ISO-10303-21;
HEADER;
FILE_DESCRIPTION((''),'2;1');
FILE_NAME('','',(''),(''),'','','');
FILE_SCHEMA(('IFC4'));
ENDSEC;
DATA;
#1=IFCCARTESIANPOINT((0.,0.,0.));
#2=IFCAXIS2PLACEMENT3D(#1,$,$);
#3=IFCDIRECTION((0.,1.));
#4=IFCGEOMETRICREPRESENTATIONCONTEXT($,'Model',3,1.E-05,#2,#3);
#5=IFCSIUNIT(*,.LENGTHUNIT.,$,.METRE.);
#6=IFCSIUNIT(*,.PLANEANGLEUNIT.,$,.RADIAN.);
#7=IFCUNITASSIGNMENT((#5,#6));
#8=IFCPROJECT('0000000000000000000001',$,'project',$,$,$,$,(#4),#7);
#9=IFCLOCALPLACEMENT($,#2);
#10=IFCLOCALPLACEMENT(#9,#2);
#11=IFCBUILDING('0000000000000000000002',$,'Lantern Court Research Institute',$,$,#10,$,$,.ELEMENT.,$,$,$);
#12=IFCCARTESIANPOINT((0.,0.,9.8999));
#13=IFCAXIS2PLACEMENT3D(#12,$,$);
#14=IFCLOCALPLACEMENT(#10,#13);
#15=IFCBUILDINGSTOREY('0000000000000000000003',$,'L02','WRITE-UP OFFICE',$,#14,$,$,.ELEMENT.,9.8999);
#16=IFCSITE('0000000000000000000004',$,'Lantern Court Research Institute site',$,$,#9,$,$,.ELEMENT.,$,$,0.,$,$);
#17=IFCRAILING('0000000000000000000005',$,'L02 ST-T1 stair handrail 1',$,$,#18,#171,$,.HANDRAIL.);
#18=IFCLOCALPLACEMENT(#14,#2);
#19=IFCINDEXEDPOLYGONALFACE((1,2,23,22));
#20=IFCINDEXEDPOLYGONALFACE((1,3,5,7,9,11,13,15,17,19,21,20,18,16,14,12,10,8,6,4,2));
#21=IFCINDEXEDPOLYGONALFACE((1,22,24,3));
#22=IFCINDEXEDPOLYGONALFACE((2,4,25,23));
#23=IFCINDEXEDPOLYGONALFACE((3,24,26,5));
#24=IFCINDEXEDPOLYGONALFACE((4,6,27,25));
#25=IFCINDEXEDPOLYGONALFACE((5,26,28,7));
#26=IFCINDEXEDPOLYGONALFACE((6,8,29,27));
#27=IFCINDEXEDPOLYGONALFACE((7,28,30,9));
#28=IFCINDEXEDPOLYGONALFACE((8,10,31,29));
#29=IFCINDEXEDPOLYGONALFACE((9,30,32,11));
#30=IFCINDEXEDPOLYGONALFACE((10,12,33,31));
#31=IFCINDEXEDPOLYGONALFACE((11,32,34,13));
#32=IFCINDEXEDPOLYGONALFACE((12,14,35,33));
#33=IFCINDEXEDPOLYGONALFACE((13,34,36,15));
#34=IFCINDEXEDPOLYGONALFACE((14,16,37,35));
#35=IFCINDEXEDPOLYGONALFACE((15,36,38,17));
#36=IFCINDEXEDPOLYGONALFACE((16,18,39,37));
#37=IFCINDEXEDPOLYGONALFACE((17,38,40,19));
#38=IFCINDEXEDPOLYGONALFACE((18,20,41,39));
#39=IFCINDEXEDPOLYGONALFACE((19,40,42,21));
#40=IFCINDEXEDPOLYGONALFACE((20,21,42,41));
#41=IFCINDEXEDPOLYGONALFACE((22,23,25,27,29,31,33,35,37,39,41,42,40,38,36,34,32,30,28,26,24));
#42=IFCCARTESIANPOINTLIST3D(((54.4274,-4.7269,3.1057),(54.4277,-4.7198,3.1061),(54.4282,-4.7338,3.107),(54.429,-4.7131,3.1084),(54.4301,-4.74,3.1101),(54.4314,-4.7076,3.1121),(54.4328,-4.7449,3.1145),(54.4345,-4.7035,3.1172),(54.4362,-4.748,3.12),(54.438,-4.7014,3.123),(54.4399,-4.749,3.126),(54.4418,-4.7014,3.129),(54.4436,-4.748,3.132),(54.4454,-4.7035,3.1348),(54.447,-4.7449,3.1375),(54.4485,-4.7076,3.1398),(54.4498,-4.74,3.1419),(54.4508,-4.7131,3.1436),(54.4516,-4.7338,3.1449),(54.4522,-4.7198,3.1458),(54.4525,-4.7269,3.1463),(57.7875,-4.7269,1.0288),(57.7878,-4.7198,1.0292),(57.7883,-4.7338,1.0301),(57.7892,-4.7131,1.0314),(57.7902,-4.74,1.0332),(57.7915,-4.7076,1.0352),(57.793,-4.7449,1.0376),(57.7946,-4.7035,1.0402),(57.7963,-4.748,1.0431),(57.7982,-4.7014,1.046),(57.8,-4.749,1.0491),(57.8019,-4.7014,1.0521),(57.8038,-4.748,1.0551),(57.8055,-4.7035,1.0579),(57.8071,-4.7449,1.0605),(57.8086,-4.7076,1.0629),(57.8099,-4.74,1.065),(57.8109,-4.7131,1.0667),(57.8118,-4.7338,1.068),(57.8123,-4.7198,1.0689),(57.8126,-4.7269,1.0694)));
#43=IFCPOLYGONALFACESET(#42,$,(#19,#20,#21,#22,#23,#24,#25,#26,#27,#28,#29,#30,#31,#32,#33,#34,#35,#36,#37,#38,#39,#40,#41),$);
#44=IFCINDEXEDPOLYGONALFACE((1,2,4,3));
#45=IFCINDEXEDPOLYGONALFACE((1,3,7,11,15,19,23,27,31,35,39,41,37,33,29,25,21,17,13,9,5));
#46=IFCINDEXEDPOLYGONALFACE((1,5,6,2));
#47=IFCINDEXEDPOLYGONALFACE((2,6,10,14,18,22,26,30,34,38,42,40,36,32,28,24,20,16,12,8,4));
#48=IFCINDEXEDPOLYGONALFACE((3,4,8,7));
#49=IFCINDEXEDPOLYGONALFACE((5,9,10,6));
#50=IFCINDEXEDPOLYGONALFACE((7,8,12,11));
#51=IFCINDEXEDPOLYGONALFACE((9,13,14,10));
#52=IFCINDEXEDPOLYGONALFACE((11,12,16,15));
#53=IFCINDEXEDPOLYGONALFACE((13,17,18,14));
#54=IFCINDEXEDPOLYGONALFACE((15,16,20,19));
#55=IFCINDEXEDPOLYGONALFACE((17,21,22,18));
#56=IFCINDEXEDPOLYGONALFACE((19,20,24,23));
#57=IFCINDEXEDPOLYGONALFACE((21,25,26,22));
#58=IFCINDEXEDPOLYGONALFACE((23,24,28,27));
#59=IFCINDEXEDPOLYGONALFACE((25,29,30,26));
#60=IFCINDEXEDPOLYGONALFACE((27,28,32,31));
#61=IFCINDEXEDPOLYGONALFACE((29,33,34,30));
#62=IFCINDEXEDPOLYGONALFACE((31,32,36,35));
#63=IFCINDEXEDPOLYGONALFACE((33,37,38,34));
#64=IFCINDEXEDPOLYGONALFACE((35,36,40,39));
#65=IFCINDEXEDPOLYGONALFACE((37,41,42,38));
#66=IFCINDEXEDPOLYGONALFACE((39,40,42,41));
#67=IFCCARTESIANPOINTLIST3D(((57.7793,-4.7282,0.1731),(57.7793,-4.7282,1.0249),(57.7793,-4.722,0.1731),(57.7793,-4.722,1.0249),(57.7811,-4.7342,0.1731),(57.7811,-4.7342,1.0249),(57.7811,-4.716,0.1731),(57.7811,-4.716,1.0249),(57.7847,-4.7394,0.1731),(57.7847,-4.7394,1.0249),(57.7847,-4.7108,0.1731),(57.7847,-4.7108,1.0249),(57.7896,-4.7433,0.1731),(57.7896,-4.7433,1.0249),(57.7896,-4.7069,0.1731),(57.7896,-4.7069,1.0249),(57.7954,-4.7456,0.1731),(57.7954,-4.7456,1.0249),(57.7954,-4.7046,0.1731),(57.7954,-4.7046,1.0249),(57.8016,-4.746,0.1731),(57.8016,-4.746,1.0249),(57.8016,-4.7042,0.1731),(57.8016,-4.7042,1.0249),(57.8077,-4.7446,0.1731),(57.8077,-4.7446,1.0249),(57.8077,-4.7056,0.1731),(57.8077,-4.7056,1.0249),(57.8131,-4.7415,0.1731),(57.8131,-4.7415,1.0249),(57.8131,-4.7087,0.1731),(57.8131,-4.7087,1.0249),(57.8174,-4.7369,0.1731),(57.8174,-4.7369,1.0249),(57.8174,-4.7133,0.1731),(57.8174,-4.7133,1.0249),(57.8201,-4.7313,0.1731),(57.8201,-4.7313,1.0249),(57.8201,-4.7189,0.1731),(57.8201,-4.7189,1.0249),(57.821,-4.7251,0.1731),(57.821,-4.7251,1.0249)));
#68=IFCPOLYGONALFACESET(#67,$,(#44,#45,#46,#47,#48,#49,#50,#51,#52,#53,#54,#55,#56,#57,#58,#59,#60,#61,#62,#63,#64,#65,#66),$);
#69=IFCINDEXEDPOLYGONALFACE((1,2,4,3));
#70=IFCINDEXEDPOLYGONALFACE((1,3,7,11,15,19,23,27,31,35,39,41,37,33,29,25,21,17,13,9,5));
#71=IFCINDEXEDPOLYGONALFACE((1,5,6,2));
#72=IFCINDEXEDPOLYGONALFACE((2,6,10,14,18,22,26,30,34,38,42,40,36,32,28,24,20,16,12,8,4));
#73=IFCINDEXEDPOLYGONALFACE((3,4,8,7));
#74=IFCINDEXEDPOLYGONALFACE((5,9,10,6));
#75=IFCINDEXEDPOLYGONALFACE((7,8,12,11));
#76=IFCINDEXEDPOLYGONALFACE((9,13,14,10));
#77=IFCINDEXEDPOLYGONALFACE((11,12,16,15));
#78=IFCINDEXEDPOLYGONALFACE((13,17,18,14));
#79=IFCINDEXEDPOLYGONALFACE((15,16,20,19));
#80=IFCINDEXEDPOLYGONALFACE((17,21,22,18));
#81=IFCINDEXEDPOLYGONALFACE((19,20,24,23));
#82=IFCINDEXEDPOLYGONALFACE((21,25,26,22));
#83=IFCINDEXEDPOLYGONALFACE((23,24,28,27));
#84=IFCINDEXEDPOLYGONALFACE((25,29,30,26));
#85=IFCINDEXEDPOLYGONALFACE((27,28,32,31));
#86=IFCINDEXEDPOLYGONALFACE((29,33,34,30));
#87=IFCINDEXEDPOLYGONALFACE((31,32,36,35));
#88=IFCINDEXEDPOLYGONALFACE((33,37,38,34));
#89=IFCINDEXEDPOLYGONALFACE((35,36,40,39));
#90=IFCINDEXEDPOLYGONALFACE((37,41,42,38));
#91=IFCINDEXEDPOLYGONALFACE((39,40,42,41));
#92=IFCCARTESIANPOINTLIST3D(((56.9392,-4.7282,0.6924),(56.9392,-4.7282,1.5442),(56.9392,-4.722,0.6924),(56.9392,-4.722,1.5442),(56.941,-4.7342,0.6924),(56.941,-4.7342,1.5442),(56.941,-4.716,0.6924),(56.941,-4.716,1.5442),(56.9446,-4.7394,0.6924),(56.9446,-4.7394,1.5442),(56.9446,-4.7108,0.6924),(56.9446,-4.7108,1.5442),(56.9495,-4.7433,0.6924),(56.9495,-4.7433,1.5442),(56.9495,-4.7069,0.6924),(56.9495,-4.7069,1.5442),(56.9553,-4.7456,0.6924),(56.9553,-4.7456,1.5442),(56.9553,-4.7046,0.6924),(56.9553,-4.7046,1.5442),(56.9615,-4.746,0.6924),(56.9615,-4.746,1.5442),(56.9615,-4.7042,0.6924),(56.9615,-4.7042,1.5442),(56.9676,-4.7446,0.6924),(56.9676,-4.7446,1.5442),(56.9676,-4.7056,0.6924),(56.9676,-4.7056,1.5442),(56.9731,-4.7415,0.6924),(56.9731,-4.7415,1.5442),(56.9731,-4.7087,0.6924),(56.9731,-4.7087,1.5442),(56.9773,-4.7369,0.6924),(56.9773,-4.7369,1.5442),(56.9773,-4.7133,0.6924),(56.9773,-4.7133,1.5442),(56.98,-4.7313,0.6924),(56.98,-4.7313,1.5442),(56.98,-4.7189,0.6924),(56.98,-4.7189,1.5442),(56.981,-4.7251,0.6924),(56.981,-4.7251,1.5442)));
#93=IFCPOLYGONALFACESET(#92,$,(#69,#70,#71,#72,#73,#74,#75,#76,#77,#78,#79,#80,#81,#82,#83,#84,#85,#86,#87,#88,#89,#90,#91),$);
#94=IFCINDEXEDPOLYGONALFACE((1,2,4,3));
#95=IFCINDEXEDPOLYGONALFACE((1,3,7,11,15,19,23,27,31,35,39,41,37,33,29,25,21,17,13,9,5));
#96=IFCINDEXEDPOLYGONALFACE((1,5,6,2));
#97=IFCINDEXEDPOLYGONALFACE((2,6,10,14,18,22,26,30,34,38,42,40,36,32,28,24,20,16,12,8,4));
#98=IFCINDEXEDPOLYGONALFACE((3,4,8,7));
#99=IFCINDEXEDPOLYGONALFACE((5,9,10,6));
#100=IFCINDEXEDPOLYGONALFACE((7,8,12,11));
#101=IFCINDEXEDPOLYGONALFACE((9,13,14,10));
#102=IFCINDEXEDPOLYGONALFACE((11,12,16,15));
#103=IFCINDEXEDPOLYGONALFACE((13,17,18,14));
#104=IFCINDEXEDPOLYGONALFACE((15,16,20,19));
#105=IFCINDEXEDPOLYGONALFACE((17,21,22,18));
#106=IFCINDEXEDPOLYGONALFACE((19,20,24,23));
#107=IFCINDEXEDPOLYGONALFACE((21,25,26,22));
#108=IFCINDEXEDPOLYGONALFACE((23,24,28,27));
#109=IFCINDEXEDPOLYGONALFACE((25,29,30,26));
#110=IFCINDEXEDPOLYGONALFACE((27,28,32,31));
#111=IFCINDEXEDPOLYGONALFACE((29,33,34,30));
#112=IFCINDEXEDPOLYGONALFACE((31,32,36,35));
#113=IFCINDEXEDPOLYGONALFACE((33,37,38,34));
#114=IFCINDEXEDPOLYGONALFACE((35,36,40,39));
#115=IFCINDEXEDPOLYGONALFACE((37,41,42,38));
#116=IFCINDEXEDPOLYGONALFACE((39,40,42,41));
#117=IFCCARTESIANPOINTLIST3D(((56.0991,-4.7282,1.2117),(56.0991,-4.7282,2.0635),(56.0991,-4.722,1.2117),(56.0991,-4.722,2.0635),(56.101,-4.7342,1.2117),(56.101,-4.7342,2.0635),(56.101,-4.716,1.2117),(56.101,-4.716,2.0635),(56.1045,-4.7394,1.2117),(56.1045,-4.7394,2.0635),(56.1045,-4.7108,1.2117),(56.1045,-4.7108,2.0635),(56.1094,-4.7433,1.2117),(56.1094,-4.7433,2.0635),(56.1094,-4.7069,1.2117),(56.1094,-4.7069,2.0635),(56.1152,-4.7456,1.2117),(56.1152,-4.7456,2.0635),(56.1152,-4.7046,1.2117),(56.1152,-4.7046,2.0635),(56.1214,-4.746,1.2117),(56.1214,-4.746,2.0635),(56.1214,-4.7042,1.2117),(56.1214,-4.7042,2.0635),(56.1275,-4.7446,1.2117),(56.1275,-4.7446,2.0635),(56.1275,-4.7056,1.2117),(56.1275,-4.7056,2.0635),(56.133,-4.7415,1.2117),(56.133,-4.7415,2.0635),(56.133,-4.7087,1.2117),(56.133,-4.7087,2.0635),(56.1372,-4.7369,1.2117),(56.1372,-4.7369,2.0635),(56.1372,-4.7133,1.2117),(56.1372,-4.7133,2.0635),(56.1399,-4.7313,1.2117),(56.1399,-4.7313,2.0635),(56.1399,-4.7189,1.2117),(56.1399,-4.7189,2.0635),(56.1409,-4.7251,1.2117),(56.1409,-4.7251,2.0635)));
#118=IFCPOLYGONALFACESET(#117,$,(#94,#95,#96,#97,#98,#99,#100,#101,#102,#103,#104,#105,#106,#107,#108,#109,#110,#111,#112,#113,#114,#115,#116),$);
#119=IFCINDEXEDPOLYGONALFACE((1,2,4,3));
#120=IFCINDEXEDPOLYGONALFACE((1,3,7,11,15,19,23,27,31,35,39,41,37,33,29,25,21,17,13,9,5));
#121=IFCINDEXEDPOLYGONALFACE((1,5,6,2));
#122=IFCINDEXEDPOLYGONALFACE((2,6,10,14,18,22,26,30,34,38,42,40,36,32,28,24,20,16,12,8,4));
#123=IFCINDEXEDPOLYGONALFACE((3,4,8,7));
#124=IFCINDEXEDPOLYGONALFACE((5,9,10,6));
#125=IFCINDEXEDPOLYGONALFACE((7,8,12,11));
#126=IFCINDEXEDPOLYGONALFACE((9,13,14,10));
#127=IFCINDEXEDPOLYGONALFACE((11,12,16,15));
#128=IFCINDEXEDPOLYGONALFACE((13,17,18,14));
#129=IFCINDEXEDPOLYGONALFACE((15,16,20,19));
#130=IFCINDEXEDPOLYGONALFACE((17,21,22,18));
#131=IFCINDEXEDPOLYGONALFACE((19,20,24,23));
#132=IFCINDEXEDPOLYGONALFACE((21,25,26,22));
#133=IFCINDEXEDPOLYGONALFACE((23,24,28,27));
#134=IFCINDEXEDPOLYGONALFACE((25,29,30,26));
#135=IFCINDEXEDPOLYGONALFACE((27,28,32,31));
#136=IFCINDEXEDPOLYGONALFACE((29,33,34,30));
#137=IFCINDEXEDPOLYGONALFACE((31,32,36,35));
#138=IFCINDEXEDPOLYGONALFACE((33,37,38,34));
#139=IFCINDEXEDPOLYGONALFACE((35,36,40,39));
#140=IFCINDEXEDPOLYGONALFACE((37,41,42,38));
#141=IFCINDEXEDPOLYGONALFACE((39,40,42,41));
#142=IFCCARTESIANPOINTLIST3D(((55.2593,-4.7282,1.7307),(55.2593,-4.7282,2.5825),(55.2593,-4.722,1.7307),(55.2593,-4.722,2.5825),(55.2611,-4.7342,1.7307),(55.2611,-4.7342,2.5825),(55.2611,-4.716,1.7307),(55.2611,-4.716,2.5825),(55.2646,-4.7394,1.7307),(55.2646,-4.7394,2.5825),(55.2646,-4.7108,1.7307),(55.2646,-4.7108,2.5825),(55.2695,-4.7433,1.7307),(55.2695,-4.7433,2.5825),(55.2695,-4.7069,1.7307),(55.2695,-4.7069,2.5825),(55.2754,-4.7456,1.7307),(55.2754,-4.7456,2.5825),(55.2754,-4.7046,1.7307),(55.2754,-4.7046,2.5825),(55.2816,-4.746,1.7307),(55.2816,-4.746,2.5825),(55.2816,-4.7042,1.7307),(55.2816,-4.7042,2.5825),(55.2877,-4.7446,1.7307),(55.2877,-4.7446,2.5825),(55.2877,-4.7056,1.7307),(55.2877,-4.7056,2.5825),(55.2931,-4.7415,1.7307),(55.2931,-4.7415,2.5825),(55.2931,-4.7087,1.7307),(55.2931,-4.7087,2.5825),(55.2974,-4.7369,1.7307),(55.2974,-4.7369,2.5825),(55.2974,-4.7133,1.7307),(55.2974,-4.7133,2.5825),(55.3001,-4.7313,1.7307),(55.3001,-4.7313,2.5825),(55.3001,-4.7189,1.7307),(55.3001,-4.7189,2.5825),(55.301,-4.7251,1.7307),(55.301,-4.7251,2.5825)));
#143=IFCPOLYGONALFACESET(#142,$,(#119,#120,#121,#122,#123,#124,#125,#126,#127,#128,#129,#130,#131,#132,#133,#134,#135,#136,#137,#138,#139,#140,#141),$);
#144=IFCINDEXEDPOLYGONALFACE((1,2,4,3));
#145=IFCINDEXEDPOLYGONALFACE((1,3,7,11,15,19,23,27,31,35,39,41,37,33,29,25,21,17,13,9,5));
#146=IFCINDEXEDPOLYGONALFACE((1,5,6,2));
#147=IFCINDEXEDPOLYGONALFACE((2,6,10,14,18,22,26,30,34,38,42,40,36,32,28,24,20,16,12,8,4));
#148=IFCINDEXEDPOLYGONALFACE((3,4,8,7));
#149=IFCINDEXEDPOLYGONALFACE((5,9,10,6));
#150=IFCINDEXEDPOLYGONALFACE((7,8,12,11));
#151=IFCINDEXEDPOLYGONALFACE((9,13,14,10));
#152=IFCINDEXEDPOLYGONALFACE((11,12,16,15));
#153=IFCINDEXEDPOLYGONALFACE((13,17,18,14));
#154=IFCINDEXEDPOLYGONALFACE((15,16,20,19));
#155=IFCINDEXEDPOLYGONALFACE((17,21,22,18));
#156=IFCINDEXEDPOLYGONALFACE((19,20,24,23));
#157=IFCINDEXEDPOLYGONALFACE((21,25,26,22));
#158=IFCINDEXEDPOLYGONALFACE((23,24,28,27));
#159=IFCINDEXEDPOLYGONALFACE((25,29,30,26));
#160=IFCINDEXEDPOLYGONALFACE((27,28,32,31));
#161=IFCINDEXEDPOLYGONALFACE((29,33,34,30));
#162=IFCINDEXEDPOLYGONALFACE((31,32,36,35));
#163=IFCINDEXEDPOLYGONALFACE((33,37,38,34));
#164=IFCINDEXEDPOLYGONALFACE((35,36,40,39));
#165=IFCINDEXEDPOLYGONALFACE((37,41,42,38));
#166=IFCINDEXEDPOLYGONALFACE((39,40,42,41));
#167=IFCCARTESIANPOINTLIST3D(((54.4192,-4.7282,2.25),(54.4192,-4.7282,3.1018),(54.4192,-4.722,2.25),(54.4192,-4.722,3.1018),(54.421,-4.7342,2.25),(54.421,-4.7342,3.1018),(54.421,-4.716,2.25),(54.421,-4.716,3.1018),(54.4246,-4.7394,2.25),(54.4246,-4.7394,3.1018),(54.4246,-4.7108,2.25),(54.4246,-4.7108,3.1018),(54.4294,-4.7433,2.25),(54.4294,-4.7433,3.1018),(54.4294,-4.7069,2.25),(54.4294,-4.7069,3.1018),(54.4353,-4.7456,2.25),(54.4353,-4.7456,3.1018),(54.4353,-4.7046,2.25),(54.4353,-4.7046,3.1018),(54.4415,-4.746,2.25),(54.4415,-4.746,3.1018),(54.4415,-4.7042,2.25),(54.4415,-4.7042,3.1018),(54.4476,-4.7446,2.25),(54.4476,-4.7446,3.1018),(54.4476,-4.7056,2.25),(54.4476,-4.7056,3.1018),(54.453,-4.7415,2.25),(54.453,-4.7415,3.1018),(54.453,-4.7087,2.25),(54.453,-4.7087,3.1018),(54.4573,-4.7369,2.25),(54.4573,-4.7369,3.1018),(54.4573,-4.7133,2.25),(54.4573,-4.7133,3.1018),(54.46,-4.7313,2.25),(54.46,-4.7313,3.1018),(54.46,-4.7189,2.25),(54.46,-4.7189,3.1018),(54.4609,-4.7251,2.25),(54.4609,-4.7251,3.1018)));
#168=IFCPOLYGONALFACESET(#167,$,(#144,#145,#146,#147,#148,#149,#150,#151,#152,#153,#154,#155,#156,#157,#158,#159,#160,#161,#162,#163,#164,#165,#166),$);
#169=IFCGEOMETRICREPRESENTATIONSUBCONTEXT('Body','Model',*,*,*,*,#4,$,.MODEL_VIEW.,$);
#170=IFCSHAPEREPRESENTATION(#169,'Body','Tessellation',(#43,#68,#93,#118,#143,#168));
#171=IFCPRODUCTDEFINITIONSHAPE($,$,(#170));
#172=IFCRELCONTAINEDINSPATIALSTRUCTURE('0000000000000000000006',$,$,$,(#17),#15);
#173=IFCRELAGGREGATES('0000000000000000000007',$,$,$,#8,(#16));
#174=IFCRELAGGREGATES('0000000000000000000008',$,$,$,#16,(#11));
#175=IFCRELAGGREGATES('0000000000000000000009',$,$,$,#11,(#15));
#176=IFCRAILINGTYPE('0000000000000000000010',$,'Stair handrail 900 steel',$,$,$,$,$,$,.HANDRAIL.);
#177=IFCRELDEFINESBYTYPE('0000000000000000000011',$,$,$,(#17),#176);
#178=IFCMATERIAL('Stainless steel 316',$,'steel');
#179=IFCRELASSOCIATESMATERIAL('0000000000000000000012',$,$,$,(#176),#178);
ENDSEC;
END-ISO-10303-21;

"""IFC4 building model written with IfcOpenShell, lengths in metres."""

from ifc_helpers import new_model, si_unit, direction, frame, origin, origin_2d, place, context, subcontext, project, spatial, circle, extrude, material, type_object, element, save


model = new_model("IFC4")

# Units and contexts
model_context = context("Model", 3, precision=1e-05, world=origin(), true_north=direction((0.0, 1.0)))
body_context = subcontext(model_context, "Body", "Model", "MODEL_VIEW")
ifc_project = project(units=[si_unit("LENGTHUNIT", "METRE"), si_unit("PLANEANGLEUNIT", "RADIAN")], contexts=[model_context])

# Site, building, storey
site_placement = place(None, origin())
site = spatial("IfcSite", under=ifc_project, at=site_placement, Name="Lantern Court Research Institute site", CompositionType="ELEMENT", RefElevation=0.0)
building_placement = place(site_placement, origin())
building = spatial("IfcBuilding", under=site, at=building_placement, Name="Lantern Court Research Institute", CompositionType="ELEMENT")
storey_placement = place(building_placement, frame((0.0, 0.0, 9.8999)))
storey = spatial("IfcBuildingStorey", under=building, at=storey_placement, Name="L02", Description="WRITE-UP OFFICE", CompositionType="ELEMENT", Elevation=9.8999)

# Railing
ifc_material_1 = material(Name="Stainless steel 316", Category="steel")
railing_type_1 = type_object("IfcRailingType", Name="Stair handrail 900 steel", PredefinedType="HANDRAIL", material=ifc_material_1)
railing_1_placement = place(storey_placement, frame((57.8, -4.7251, 0.1731)))
element("IfcRailing", 1, at=railing_1_placement, inside=storey, type_object=railing_type_1, Name="L02 ST-T1 stair handrail 1", PredefinedType="HANDRAIL", context=body_context, shape_type="SweptSolid", body=[
    extrude(circle(Radius=0.0239, at=origin_2d()), frame((0.0, 0.0, 0.876), z_axis=(-0.850623, 0.0, 0.525776), x_axis=(0.0, -1.0, 0.0)), (0.0, 0.0, 1.0), 3.9502),
    extrude(circle(Radius=0.021, at=origin_2d()), origin(), (0.0, 0.0, 1.0), 0.8518),
    extrude(circle(Radius=0.021, at=origin_2d()), frame((-0.8401, 0.0, 0.5193)), (0.0, 0.0, 1.0), 0.8518),
    extrude(circle(Radius=0.021, at=origin_2d()), frame((-1.6802, 0.0, 1.0386)), (0.0, 0.0, 1.0), 0.8518),
    extrude(circle(Radius=0.021, at=origin_2d()), frame((-2.52, 0.0, 1.5576)), (0.0, 0.0, 1.0), 0.8518),
    extrude(circle(Radius=0.021, at=origin_2d()), frame((-3.3601, 0.0, 2.0769)), (0.0, 0.0, 1.0), 0.8518),
])

save(model, "model.ifc")
